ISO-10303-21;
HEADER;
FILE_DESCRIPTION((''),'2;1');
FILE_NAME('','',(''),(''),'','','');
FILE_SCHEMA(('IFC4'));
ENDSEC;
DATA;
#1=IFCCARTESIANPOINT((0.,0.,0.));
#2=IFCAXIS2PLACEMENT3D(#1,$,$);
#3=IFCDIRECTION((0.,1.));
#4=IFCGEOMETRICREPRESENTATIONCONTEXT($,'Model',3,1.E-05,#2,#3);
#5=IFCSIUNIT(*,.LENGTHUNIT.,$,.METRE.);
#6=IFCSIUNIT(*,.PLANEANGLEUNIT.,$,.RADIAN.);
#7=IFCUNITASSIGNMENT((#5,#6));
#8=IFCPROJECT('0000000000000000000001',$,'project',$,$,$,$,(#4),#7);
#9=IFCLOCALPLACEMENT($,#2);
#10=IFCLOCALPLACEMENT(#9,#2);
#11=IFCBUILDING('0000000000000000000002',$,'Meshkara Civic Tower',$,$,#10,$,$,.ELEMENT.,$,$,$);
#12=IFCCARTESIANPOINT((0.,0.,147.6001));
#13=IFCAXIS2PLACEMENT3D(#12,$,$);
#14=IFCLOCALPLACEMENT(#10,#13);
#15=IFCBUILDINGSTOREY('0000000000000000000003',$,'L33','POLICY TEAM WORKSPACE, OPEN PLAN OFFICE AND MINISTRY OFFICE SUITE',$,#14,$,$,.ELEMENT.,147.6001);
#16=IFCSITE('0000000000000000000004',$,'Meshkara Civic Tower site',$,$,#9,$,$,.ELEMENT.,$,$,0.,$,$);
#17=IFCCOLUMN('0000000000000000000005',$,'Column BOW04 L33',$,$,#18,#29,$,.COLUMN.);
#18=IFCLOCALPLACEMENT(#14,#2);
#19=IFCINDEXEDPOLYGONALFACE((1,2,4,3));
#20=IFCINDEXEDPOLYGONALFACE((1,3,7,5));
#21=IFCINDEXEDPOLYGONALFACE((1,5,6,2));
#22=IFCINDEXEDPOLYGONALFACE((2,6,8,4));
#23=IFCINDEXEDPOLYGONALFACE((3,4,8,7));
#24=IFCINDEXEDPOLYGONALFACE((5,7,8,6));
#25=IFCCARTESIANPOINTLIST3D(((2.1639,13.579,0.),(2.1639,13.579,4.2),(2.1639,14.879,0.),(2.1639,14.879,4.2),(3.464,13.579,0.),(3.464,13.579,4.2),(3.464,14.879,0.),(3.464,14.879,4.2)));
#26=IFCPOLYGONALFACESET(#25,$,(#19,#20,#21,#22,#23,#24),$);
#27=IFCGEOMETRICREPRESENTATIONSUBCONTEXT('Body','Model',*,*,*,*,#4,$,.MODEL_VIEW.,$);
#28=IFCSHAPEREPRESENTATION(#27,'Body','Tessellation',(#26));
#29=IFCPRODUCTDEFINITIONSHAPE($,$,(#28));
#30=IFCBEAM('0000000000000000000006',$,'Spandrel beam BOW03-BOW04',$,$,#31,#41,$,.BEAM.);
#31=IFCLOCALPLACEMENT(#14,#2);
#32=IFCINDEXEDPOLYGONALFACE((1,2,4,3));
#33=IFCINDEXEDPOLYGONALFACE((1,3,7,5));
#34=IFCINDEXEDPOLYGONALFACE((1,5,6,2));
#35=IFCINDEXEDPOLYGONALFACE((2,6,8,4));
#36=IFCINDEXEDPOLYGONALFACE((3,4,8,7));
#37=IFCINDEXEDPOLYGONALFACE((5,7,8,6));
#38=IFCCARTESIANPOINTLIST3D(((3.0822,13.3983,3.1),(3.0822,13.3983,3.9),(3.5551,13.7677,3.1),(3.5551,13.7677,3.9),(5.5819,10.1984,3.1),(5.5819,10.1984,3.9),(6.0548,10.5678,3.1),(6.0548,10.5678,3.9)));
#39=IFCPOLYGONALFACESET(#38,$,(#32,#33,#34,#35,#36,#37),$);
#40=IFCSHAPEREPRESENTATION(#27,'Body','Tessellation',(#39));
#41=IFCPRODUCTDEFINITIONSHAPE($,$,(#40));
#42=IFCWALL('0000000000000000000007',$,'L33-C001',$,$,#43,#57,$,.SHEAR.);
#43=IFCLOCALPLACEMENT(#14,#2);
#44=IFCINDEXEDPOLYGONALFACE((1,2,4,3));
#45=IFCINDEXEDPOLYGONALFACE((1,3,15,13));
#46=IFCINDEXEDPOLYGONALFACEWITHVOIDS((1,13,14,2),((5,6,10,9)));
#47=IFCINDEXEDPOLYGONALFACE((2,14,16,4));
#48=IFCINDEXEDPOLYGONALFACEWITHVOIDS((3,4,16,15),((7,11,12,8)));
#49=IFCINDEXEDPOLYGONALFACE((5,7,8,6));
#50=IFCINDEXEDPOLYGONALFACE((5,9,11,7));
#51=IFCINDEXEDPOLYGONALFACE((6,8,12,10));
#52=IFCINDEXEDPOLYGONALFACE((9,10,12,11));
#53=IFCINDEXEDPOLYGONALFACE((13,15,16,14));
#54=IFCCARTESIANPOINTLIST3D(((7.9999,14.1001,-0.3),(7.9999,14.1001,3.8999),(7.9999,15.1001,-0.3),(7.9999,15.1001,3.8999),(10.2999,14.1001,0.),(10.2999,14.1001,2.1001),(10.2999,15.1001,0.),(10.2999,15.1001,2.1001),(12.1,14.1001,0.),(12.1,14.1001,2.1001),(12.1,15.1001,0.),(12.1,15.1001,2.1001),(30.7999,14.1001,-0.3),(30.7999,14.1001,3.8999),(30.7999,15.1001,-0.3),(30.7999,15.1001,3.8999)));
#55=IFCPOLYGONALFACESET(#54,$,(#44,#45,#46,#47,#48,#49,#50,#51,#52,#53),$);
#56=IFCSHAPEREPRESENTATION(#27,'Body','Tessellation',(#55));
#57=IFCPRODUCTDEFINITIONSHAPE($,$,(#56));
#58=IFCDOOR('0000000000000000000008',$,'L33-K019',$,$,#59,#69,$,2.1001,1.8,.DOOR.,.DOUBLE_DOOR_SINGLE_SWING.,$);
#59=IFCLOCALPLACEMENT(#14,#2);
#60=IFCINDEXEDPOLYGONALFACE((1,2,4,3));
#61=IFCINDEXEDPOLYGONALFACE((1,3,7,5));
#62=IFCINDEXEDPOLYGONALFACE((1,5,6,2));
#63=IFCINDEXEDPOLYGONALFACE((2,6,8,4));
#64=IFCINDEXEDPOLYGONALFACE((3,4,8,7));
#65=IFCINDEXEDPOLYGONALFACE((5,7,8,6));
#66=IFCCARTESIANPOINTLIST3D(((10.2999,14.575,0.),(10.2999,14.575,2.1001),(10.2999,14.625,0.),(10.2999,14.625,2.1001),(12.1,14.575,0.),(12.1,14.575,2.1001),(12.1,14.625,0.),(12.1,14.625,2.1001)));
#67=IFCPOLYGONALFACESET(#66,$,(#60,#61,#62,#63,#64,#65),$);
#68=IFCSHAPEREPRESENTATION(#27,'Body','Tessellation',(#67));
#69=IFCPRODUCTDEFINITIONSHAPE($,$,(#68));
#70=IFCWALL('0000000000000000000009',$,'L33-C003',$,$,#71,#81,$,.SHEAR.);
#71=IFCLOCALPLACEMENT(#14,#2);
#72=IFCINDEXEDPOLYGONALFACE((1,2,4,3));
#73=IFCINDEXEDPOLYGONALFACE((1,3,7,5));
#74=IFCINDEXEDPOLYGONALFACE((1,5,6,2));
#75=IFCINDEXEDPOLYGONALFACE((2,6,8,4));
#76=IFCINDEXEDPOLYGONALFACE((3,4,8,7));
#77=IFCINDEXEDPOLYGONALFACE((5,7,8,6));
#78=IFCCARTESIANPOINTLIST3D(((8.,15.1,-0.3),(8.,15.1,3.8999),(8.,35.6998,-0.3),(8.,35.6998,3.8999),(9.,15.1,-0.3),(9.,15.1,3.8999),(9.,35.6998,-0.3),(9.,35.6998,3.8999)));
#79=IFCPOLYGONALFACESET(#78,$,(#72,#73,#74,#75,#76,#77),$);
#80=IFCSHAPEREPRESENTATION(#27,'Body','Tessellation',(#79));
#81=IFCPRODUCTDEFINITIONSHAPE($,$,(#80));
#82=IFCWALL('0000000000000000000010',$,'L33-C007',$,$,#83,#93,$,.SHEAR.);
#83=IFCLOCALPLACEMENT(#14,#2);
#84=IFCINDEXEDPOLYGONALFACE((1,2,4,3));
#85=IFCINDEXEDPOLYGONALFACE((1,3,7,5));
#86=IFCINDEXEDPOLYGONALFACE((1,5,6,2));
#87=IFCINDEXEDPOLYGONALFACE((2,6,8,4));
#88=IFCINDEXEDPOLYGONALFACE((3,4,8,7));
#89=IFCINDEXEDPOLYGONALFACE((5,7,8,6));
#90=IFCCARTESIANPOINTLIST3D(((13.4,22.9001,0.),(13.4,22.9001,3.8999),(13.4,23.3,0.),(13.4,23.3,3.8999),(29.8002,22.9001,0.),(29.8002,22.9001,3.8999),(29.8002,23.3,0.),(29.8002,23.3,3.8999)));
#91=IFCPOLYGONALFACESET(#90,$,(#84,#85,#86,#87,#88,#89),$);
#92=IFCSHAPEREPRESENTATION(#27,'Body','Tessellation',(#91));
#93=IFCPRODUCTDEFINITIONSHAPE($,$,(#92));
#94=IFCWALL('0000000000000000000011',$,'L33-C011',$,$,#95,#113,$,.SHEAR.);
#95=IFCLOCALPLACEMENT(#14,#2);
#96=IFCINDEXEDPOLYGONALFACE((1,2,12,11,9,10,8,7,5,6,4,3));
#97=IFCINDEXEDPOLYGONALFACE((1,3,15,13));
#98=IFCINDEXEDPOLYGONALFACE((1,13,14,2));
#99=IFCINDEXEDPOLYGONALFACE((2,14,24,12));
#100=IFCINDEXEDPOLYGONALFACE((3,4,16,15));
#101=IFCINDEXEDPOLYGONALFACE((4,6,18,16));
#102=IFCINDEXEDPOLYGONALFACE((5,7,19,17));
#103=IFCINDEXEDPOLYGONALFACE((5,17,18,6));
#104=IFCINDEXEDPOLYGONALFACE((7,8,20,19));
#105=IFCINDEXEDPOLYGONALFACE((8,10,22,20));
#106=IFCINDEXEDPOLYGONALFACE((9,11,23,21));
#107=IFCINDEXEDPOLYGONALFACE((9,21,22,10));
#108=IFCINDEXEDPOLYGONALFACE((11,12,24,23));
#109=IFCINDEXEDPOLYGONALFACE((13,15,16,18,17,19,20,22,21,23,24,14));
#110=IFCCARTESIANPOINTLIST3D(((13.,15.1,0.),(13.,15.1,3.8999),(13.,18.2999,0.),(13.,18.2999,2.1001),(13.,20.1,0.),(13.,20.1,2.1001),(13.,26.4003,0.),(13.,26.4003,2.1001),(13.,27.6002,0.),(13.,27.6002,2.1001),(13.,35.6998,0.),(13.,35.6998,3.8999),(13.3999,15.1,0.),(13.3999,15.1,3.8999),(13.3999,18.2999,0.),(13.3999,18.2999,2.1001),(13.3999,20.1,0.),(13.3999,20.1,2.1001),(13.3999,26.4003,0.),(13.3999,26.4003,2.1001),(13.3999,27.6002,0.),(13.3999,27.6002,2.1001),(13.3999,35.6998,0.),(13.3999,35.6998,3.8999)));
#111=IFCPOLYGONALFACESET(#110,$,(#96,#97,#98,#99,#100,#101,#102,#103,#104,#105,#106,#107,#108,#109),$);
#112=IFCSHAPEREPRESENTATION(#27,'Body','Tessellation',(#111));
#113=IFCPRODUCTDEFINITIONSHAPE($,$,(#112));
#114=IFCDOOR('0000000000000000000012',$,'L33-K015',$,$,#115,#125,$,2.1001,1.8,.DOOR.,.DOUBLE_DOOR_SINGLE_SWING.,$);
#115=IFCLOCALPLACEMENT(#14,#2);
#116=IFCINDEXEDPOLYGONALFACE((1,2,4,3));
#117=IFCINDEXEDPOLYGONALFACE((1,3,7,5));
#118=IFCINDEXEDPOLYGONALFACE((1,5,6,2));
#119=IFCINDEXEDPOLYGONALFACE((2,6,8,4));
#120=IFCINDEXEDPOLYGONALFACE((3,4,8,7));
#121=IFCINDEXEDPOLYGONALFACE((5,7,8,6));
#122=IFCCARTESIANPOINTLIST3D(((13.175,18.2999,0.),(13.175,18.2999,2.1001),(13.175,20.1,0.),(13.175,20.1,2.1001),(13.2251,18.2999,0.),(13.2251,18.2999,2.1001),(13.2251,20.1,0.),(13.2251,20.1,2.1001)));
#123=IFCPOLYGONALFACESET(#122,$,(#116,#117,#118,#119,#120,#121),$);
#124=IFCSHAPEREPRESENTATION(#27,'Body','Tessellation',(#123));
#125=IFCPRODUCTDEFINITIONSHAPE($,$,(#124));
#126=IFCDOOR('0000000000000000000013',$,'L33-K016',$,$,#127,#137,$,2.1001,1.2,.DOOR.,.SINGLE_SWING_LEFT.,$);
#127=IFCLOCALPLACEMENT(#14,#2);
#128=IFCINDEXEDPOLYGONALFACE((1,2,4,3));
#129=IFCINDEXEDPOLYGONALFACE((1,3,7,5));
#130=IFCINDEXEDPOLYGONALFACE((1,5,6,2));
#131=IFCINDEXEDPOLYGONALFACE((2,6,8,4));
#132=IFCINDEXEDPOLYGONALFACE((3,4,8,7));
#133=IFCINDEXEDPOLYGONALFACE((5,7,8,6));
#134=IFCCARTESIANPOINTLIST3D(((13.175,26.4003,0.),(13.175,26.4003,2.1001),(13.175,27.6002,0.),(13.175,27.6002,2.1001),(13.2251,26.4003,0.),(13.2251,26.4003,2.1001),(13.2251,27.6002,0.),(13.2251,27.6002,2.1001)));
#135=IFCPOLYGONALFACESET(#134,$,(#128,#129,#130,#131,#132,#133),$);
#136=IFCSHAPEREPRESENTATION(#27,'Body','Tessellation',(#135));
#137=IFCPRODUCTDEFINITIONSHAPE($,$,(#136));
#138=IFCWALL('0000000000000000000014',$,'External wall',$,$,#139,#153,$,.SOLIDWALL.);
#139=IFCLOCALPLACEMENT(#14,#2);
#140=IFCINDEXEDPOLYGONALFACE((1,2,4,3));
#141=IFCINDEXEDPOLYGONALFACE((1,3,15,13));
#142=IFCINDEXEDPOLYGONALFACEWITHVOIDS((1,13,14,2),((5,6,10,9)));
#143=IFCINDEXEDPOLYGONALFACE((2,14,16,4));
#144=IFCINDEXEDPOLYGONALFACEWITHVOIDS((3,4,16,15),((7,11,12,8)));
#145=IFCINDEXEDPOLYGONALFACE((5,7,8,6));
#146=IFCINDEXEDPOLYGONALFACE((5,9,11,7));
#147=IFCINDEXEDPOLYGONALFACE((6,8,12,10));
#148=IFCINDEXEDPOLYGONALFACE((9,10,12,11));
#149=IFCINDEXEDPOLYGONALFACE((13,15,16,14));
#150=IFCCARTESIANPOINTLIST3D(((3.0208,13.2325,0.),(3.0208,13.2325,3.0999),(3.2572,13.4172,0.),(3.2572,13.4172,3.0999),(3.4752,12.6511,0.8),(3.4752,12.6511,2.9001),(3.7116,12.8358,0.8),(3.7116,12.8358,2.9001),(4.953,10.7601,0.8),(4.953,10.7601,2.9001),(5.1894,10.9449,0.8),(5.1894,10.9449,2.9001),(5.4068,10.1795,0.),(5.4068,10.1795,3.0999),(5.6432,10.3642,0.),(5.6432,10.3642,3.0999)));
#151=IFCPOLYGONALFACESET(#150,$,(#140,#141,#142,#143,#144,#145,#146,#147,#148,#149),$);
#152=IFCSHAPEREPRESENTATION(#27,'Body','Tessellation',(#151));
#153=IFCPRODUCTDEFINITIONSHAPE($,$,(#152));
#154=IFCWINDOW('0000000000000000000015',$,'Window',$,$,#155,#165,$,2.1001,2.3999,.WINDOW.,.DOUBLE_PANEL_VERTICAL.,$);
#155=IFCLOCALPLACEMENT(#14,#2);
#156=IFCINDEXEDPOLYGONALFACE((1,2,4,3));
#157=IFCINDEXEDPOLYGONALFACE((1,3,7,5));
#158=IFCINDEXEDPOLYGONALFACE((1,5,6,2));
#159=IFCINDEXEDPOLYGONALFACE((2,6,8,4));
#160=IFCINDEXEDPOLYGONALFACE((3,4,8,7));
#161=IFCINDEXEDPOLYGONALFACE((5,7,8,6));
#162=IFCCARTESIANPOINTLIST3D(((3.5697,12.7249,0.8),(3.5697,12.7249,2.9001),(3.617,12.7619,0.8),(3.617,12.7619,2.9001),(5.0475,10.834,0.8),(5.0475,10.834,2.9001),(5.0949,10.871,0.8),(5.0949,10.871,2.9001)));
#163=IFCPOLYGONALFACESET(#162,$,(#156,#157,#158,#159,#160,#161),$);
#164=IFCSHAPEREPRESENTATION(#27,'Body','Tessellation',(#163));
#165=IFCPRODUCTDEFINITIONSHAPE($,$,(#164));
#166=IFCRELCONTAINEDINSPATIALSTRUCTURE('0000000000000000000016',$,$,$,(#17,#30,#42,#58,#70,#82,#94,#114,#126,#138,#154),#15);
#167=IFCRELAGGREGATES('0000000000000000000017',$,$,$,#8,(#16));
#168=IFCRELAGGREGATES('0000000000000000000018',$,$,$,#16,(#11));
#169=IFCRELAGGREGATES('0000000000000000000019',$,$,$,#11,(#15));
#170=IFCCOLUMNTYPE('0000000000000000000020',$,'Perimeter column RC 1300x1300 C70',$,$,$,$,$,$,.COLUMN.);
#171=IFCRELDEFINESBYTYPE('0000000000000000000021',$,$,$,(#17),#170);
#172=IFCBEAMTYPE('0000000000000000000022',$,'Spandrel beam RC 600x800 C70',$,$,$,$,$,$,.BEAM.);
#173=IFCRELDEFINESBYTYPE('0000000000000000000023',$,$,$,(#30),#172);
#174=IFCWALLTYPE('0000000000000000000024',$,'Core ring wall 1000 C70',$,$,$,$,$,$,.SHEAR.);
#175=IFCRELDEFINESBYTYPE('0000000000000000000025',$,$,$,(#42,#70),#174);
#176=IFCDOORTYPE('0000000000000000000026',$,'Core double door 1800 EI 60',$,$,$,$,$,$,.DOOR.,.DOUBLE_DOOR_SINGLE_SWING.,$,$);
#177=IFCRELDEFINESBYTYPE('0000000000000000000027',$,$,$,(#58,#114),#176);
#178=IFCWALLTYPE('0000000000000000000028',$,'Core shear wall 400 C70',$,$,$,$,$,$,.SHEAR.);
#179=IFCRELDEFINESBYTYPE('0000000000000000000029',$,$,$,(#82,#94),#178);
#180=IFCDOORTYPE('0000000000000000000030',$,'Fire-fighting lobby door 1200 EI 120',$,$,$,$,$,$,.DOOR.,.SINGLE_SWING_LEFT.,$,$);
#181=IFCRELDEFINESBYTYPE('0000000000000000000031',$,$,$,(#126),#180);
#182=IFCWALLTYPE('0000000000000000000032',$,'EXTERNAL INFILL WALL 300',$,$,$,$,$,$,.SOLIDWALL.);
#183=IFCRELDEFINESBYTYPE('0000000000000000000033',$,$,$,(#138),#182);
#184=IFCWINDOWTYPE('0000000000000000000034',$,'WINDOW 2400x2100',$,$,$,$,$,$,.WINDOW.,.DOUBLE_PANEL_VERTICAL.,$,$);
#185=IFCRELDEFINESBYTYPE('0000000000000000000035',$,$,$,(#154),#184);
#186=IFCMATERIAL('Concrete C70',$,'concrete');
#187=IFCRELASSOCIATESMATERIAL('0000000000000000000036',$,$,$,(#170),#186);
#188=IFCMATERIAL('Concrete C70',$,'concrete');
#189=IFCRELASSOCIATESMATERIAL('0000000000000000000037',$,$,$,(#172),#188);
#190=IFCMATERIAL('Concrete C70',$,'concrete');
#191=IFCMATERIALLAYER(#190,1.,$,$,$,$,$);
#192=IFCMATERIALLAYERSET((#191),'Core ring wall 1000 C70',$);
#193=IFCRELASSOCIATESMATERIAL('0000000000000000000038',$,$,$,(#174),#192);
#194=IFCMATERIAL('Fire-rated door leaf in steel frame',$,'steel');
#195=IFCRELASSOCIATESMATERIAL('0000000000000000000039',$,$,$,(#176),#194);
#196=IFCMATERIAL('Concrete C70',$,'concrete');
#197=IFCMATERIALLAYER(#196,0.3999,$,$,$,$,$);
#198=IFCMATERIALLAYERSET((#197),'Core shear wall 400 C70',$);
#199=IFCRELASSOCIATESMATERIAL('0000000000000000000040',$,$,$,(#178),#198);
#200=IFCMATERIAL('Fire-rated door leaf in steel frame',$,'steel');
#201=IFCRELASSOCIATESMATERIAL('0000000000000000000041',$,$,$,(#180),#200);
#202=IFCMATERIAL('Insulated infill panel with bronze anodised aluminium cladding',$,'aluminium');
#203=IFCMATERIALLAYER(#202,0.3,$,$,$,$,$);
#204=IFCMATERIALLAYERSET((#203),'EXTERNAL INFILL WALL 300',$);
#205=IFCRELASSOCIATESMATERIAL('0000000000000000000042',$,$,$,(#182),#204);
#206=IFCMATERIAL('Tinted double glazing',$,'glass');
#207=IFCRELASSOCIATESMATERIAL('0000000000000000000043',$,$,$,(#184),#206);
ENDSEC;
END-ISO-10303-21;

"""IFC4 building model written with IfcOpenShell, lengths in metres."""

from ifc_helpers import new_model, si_unit, direction, frame, frame_2d, origin, origin_2d, place, context, subcontext, project, spatial, rectangle, extrude, material, layer, layer_set, material_profile, profile_set, type_object, element, fill, save


model = new_model("IFC4")

# Units and contexts
model_context = context("Model", 3, precision=1e-05, world=origin(), true_north=direction((0.0, 1.0)))
body_context = subcontext(model_context, "Body", "Model", "MODEL_VIEW")
ifc_project = project(units=[si_unit("LENGTHUNIT", "METRE"), si_unit("PLANEANGLEUNIT", "RADIAN")], contexts=[model_context])

# Site, building, storey
site_placement = place(None, origin())
site = spatial("IfcSite", under=ifc_project, at=site_placement, Name="Meshkara Civic Tower site", CompositionType="ELEMENT", RefElevation=0.0)
building_placement = place(site_placement, origin())
building = spatial("IfcBuilding", under=site, at=building_placement, Name="Meshkara Civic Tower", CompositionType="ELEMENT")
storey_placement = place(building_placement, frame((0.0, 0.0, 147.6001)))
storey = spatial("IfcBuildingStorey", under=building, at=storey_placement, Name="L33", Description="POLICY TEAM WORKSPACE, OPEN PLAN OFFICE AND MINISTRY OFFICE SUITE", CompositionType="ELEMENT", Elevation=147.6001)

# Column
ifc_material_1 = material(Name="Concrete C70", Category="concrete")
ifc_material_profile_1 = material_profile(ifc_material_1, rectangle(XDim=1.3, YDim=1.3, at=origin_2d()))
ifc_profile_set_1 = profile_set([ifc_material_profile_1], Name="Concrete C70")
column_type = type_object("IfcColumnType", Name="Perimeter column RC 1300x1300 C70", PredefinedType="COLUMN", material=ifc_profile_set_1)
column_placement = place(storey_placement, frame((2.814, 14.229, 0.0), z_axis=(0.0, 0.0, 1.0), x_axis=(1.0, 0.0, 0.0)))
element("IfcColumn", 1, at=column_placement, inside=storey, type_object=column_type, Name="Column BOW04 L33", PredefinedType="COLUMN", context=body_context, shape_type="SweptSolid", body=[
    extrude(rectangle(XDim=1.3, YDim=1.3, at=origin_2d()), origin(), (0.0, 0.0, 1.0), 4.2),
])

# Beam
ifc_material_2 = material(Name="Concrete C70", Category="concrete")
ifc_material_profile_2 = material_profile(ifc_material_2, rectangle(XDim=0.6001, YDim=0.8, at=origin_2d()))
ifc_profile_set_2 = profile_set([ifc_material_profile_2], Name="Concrete C70")
beam_type = type_object("IfcBeamType", Name="Spandrel beam RC 600x800 C70", PredefinedType="BEAM", material=ifc_profile_set_2)
beam_placement = place(storey_placement, frame((3.3186, 13.583, 3.5), z_axis=(0.615613, -0.788049, 0.0), x_axis=(0.788049, 0.615613, 0.0)))
element("IfcBeam", 2, at=beam_placement, inside=storey, type_object=beam_type, Name="Spandrel beam BOW03-BOW04", PredefinedType="BEAM", context=body_context, shape_type="SweptSolid", body=[
    extrude(rectangle(XDim=0.6001, YDim=0.8, at=origin_2d()), origin(), (0.0, 0.0, 1.0), 4.0605),
])

# Wall, opening, door
ifc_material_3 = material(Name="Concrete C70", Category="concrete")
ifc_layer_1 = layer(ifc_material_3, 1.0)
ifc_layer_set_1 = layer_set([ifc_layer_1], Name="Core ring wall 1000 C70")
wall_type_1 = type_object("IfcWallType", Name="Core ring wall 1000 C70", PredefinedType="SHEAR", material=ifc_layer_set_1)
wall_1_placement = place(storey_placement, frame((8.0, 14.6001, -0.3), z_axis=(0.0, 0.0, 1.0), x_axis=(1.0, 0.0, 0.0)))
wall_1 = element("IfcWall", 3, at=wall_1_placement, inside=storey, type_object=wall_type_1, Name="L33-C001", PredefinedType="SHEAR", context=body_context, shape_type="SweptSolid", body=[
    extrude(rectangle(XDim=22.8, YDim=1.0, at=frame_2d((11.3999, 0.0))), origin(), (0.0, 0.0, 1.0), 4.2),
])
opening_1_placement = place(wall_1_placement, frame((2.3, 0.0, 0.3)))
opening_1 = element("IfcOpeningElement", 4, at=opening_1_placement, cuts=wall_1, PredefinedType="OPENING", context=body_context, shape_type="SweptSolid", body=[
    extrude(rectangle(XDim=1.8, YDim=2.1001, at=frame_2d((0.8999, 1.05))), frame((0.0, 0.51, 0.0), z_axis=(0.0, -1.0, 0.0), x_axis=(1.0, 0.0, 0.0)), (0.0, 0.0, 1.0), 1.02),
])
ifc_material_4 = material(Name="Fire-rated door leaf in steel frame", Category="steel")
door_type_1 = type_object("IfcDoorType", Name="Core double door 1800 EI 60", OperationType="DOUBLE_DOOR_SINGLE_SWING", PredefinedType="DOOR", material=ifc_material_4)
door_1_placement = place(opening_1_placement, origin())
door_1 = element("IfcDoor", 5, at=door_1_placement, inside=storey, type_object=door_type_1, Name="L33-K019", OperationType="DOUBLE_DOOR_SINGLE_SWING", OverallHeight=2.1001, OverallWidth=1.8, PredefinedType="DOOR", context=body_context, shape_type="SweptSolid", body=[
    extrude(rectangle(XDim=1.8, YDim=2.1001, at=frame_2d((0.8999, 1.05))), frame((0.0, 0.0249, 0.0), z_axis=(0.0, -1.0, 0.0), x_axis=(1.0, 0.0, 0.0)), (0.0, 0.0, 1.0), 0.05),
])
fill(opening_1, door_1)

# Walls
wall_2_placement = place(storey_placement, frame((8.5, 15.1001, -0.3), z_axis=(0.0, 0.0, 1.0), x_axis=(0.0, 1.0, 0.0)))
element("IfcWall", 6, at=wall_2_placement, inside=storey, type_object=wall_type_1, Name="L33-C003", PredefinedType="SHEAR", context=body_context, shape_type="SweptSolid", body=[
    extrude(rectangle(XDim=20.5999, YDim=1.0, at=frame_2d((10.2998, 0.0))), origin(), (0.0, 0.0, 1.0), 4.2),
])
ifc_material_5 = material(Name="Concrete C70", Category="concrete")
ifc_layer_2 = layer(ifc_material_5, 0.3999)
ifc_layer_set_2 = layer_set([ifc_layer_2], Name="Core shear wall 400 C70")
wall_type_2 = type_object("IfcWallType", Name="Core shear wall 400 C70", PredefinedType="SHEAR", material=ifc_layer_set_2)
wall_3_placement = place(storey_placement, frame((13.3999, 23.1001, 0.0), z_axis=(0.0, 0.0, 1.0), x_axis=(1.0, 0.0, 0.0)))
element("IfcWall", 7, at=wall_3_placement, inside=storey, type_object=wall_type_2, Name="L33-C007", PredefinedType="SHEAR", context=body_context, shape_type="SweptSolid", body=[
    extrude(rectangle(XDim=16.4001, YDim=0.3999, at=frame_2d((8.2002, 0.0))), origin(), (0.0, 0.0, 1.0), 3.8999),
])

# Wall, openings, doors
wall_4_placement = place(storey_placement, frame((13.2, 15.1001, 0.0), z_axis=(0.0, 0.0, 1.0), x_axis=(0.0, 1.0, 0.0)))
wall_4 = element("IfcWall", 8, at=wall_4_placement, inside=storey, type_object=wall_type_2, Name="L33-C011", PredefinedType="SHEAR", context=body_context, shape_type="SweptSolid", body=[
    extrude(rectangle(XDim=20.5999, YDim=0.3999, at=frame_2d((10.2998, 0.0))), origin(), (0.0, 0.0, 1.0), 3.8999),
])
opening_2_placement = place(wall_4_placement, frame((3.2, 0.0, 0.0)))
opening_2 = element("IfcOpeningElement", 9, at=opening_2_placement, cuts=wall_4, PredefinedType="OPENING", context=body_context, shape_type="SweptSolid", body=[
    extrude(rectangle(XDim=1.8, YDim=2.1001, at=frame_2d((0.8999, 1.05))), frame((0.0, 0.21, 0.0), z_axis=(0.0, -1.0, 0.0), x_axis=(1.0, 0.0, 0.0)), (0.0, 0.0, 1.0), 0.4199),
])
opening_3_placement = place(wall_4_placement, frame((11.3, 0.0, 0.0)))
opening_3 = element("IfcOpeningElement", 10, at=opening_3_placement, cuts=wall_4, PredefinedType="OPENING", context=body_context, shape_type="SweptSolid", body=[
    extrude(rectangle(XDim=1.2, YDim=2.1001, at=frame_2d((0.6001, 1.05))), frame((0.0, 0.21, 0.0), z_axis=(0.0, -1.0, 0.0), x_axis=(1.0, 0.0, 0.0)), (0.0, 0.0, 1.0), 0.4199),
])
door_2_placement = place(opening_2_placement, origin())
door_2 = element("IfcDoor", 11, at=door_2_placement, inside=storey, type_object=door_type_1, Name="L33-K015", OperationType="DOUBLE_DOOR_SINGLE_SWING", OverallHeight=2.1001, OverallWidth=1.8, PredefinedType="DOOR", context=body_context, shape_type="SweptSolid", body=[
    extrude(rectangle(XDim=1.8, YDim=2.1001, at=frame_2d((0.8999, 1.05))), frame((0.0, 0.0249, 0.0), z_axis=(0.0, -1.0, 0.0), x_axis=(1.0, 0.0, 0.0)), (0.0, 0.0, 1.0), 0.05),
])
fill(opening_2, door_2)
ifc_material_6 = material(Name="Fire-rated door leaf in steel frame", Category="steel")
door_type_2 = type_object("IfcDoorType", Name="Fire-fighting lobby door 1200 EI 120", OperationType="SINGLE_SWING_LEFT", PredefinedType="DOOR", material=ifc_material_6)
door_3_placement = place(opening_3_placement, origin())
door_3 = element("IfcDoor", 12, at=door_3_placement, inside=storey, type_object=door_type_2, Name="L33-K016", OperationType="SINGLE_SWING_LEFT", OverallHeight=2.1001, OverallWidth=1.2, PredefinedType="DOOR", context=body_context, shape_type="SweptSolid", body=[
    extrude(rectangle(XDim=1.2, YDim=2.1001, at=frame_2d((0.6001, 1.05))), frame((0.0, 0.0249, 0.0), z_axis=(0.0, -1.0, 0.0), x_axis=(1.0, 0.0, 0.0)), (0.0, 0.0, 1.0), 0.05),
])
fill(opening_3, door_3)

# Wall, opening, window
ifc_material_7 = material(Name="Insulated infill panel with bronze anodised aluminium cladding", Category="aluminium")
ifc_layer_3 = layer(ifc_material_7, 0.3)
ifc_layer_set_3 = layer_set([ifc_layer_3], Name="EXTERNAL INFILL WALL 300")
wall_type_3 = type_object("IfcWallType", Name="EXTERNAL INFILL WALL 300", PredefinedType="SOLIDWALL", material=ifc_layer_set_3)
wall_5_placement = place(storey_placement, frame((3.1389, 13.325, 0.0), z_axis=(0.0, 0.0, 1.0), x_axis=(0.61578, -0.787918, 0.0)))
wall_5 = element("IfcWall", 13, at=wall_5_placement, inside=storey, type_object=wall_type_3, Name="External wall", PredefinedType="SOLIDWALL", context=body_context, shape_type="SweptSolid", body=[
    extrude(rectangle(XDim=3.8748, YDim=0.3, at=frame_2d((1.9375, 0.0))), origin(), (0.0, 0.0, 1.0), 3.0999),
])
opening_4_placement = place(wall_5_placement, frame((0.738, 0.0, 0.8)))
opening_4 = element("IfcOpeningElement", 14, at=opening_4_placement, cuts=wall_5, PredefinedType="OPENING", context=body_context, shape_type="SweptSolid", body=[
    extrude(rectangle(XDim=2.3999, YDim=2.1001, at=frame_2d((1.2, 1.05))), frame((0.0, 0.1599, 0.0), z_axis=(0.0, -1.0, 0.0), x_axis=(1.0, 0.0, 0.0)), (0.0, 0.0, 1.0), 0.3201),
])
ifc_material_8 = material(Name="Tinted double glazing", Category="glass")
window_type = type_object("IfcWindowType", Name="WINDOW 2400x2100", PartitioningType="DOUBLE_PANEL_VERTICAL", PredefinedType="WINDOW", material=ifc_material_8)
window_placement = place(opening_4_placement, origin())
window = element("IfcWindow", 15, at=window_placement, inside=storey, type_object=window_type, Name="Window", OverallHeight=2.1001, OverallWidth=2.3999, PartitioningType="DOUBLE_PANEL_VERTICAL", PredefinedType="WINDOW", context=body_context, shape_type="SweptSolid", body=[
    extrude(rectangle(XDim=2.3999, YDim=2.1001, at=frame_2d((1.2, 1.05))), frame((0.0, 0.03, 0.0), z_axis=(0.0, -1.0, 0.0), x_axis=(1.0, 0.0, 0.0)), (0.0, 0.0, 1.0), 0.0601),
])
fill(opening_4, window)

save(model, "model.ifc")
